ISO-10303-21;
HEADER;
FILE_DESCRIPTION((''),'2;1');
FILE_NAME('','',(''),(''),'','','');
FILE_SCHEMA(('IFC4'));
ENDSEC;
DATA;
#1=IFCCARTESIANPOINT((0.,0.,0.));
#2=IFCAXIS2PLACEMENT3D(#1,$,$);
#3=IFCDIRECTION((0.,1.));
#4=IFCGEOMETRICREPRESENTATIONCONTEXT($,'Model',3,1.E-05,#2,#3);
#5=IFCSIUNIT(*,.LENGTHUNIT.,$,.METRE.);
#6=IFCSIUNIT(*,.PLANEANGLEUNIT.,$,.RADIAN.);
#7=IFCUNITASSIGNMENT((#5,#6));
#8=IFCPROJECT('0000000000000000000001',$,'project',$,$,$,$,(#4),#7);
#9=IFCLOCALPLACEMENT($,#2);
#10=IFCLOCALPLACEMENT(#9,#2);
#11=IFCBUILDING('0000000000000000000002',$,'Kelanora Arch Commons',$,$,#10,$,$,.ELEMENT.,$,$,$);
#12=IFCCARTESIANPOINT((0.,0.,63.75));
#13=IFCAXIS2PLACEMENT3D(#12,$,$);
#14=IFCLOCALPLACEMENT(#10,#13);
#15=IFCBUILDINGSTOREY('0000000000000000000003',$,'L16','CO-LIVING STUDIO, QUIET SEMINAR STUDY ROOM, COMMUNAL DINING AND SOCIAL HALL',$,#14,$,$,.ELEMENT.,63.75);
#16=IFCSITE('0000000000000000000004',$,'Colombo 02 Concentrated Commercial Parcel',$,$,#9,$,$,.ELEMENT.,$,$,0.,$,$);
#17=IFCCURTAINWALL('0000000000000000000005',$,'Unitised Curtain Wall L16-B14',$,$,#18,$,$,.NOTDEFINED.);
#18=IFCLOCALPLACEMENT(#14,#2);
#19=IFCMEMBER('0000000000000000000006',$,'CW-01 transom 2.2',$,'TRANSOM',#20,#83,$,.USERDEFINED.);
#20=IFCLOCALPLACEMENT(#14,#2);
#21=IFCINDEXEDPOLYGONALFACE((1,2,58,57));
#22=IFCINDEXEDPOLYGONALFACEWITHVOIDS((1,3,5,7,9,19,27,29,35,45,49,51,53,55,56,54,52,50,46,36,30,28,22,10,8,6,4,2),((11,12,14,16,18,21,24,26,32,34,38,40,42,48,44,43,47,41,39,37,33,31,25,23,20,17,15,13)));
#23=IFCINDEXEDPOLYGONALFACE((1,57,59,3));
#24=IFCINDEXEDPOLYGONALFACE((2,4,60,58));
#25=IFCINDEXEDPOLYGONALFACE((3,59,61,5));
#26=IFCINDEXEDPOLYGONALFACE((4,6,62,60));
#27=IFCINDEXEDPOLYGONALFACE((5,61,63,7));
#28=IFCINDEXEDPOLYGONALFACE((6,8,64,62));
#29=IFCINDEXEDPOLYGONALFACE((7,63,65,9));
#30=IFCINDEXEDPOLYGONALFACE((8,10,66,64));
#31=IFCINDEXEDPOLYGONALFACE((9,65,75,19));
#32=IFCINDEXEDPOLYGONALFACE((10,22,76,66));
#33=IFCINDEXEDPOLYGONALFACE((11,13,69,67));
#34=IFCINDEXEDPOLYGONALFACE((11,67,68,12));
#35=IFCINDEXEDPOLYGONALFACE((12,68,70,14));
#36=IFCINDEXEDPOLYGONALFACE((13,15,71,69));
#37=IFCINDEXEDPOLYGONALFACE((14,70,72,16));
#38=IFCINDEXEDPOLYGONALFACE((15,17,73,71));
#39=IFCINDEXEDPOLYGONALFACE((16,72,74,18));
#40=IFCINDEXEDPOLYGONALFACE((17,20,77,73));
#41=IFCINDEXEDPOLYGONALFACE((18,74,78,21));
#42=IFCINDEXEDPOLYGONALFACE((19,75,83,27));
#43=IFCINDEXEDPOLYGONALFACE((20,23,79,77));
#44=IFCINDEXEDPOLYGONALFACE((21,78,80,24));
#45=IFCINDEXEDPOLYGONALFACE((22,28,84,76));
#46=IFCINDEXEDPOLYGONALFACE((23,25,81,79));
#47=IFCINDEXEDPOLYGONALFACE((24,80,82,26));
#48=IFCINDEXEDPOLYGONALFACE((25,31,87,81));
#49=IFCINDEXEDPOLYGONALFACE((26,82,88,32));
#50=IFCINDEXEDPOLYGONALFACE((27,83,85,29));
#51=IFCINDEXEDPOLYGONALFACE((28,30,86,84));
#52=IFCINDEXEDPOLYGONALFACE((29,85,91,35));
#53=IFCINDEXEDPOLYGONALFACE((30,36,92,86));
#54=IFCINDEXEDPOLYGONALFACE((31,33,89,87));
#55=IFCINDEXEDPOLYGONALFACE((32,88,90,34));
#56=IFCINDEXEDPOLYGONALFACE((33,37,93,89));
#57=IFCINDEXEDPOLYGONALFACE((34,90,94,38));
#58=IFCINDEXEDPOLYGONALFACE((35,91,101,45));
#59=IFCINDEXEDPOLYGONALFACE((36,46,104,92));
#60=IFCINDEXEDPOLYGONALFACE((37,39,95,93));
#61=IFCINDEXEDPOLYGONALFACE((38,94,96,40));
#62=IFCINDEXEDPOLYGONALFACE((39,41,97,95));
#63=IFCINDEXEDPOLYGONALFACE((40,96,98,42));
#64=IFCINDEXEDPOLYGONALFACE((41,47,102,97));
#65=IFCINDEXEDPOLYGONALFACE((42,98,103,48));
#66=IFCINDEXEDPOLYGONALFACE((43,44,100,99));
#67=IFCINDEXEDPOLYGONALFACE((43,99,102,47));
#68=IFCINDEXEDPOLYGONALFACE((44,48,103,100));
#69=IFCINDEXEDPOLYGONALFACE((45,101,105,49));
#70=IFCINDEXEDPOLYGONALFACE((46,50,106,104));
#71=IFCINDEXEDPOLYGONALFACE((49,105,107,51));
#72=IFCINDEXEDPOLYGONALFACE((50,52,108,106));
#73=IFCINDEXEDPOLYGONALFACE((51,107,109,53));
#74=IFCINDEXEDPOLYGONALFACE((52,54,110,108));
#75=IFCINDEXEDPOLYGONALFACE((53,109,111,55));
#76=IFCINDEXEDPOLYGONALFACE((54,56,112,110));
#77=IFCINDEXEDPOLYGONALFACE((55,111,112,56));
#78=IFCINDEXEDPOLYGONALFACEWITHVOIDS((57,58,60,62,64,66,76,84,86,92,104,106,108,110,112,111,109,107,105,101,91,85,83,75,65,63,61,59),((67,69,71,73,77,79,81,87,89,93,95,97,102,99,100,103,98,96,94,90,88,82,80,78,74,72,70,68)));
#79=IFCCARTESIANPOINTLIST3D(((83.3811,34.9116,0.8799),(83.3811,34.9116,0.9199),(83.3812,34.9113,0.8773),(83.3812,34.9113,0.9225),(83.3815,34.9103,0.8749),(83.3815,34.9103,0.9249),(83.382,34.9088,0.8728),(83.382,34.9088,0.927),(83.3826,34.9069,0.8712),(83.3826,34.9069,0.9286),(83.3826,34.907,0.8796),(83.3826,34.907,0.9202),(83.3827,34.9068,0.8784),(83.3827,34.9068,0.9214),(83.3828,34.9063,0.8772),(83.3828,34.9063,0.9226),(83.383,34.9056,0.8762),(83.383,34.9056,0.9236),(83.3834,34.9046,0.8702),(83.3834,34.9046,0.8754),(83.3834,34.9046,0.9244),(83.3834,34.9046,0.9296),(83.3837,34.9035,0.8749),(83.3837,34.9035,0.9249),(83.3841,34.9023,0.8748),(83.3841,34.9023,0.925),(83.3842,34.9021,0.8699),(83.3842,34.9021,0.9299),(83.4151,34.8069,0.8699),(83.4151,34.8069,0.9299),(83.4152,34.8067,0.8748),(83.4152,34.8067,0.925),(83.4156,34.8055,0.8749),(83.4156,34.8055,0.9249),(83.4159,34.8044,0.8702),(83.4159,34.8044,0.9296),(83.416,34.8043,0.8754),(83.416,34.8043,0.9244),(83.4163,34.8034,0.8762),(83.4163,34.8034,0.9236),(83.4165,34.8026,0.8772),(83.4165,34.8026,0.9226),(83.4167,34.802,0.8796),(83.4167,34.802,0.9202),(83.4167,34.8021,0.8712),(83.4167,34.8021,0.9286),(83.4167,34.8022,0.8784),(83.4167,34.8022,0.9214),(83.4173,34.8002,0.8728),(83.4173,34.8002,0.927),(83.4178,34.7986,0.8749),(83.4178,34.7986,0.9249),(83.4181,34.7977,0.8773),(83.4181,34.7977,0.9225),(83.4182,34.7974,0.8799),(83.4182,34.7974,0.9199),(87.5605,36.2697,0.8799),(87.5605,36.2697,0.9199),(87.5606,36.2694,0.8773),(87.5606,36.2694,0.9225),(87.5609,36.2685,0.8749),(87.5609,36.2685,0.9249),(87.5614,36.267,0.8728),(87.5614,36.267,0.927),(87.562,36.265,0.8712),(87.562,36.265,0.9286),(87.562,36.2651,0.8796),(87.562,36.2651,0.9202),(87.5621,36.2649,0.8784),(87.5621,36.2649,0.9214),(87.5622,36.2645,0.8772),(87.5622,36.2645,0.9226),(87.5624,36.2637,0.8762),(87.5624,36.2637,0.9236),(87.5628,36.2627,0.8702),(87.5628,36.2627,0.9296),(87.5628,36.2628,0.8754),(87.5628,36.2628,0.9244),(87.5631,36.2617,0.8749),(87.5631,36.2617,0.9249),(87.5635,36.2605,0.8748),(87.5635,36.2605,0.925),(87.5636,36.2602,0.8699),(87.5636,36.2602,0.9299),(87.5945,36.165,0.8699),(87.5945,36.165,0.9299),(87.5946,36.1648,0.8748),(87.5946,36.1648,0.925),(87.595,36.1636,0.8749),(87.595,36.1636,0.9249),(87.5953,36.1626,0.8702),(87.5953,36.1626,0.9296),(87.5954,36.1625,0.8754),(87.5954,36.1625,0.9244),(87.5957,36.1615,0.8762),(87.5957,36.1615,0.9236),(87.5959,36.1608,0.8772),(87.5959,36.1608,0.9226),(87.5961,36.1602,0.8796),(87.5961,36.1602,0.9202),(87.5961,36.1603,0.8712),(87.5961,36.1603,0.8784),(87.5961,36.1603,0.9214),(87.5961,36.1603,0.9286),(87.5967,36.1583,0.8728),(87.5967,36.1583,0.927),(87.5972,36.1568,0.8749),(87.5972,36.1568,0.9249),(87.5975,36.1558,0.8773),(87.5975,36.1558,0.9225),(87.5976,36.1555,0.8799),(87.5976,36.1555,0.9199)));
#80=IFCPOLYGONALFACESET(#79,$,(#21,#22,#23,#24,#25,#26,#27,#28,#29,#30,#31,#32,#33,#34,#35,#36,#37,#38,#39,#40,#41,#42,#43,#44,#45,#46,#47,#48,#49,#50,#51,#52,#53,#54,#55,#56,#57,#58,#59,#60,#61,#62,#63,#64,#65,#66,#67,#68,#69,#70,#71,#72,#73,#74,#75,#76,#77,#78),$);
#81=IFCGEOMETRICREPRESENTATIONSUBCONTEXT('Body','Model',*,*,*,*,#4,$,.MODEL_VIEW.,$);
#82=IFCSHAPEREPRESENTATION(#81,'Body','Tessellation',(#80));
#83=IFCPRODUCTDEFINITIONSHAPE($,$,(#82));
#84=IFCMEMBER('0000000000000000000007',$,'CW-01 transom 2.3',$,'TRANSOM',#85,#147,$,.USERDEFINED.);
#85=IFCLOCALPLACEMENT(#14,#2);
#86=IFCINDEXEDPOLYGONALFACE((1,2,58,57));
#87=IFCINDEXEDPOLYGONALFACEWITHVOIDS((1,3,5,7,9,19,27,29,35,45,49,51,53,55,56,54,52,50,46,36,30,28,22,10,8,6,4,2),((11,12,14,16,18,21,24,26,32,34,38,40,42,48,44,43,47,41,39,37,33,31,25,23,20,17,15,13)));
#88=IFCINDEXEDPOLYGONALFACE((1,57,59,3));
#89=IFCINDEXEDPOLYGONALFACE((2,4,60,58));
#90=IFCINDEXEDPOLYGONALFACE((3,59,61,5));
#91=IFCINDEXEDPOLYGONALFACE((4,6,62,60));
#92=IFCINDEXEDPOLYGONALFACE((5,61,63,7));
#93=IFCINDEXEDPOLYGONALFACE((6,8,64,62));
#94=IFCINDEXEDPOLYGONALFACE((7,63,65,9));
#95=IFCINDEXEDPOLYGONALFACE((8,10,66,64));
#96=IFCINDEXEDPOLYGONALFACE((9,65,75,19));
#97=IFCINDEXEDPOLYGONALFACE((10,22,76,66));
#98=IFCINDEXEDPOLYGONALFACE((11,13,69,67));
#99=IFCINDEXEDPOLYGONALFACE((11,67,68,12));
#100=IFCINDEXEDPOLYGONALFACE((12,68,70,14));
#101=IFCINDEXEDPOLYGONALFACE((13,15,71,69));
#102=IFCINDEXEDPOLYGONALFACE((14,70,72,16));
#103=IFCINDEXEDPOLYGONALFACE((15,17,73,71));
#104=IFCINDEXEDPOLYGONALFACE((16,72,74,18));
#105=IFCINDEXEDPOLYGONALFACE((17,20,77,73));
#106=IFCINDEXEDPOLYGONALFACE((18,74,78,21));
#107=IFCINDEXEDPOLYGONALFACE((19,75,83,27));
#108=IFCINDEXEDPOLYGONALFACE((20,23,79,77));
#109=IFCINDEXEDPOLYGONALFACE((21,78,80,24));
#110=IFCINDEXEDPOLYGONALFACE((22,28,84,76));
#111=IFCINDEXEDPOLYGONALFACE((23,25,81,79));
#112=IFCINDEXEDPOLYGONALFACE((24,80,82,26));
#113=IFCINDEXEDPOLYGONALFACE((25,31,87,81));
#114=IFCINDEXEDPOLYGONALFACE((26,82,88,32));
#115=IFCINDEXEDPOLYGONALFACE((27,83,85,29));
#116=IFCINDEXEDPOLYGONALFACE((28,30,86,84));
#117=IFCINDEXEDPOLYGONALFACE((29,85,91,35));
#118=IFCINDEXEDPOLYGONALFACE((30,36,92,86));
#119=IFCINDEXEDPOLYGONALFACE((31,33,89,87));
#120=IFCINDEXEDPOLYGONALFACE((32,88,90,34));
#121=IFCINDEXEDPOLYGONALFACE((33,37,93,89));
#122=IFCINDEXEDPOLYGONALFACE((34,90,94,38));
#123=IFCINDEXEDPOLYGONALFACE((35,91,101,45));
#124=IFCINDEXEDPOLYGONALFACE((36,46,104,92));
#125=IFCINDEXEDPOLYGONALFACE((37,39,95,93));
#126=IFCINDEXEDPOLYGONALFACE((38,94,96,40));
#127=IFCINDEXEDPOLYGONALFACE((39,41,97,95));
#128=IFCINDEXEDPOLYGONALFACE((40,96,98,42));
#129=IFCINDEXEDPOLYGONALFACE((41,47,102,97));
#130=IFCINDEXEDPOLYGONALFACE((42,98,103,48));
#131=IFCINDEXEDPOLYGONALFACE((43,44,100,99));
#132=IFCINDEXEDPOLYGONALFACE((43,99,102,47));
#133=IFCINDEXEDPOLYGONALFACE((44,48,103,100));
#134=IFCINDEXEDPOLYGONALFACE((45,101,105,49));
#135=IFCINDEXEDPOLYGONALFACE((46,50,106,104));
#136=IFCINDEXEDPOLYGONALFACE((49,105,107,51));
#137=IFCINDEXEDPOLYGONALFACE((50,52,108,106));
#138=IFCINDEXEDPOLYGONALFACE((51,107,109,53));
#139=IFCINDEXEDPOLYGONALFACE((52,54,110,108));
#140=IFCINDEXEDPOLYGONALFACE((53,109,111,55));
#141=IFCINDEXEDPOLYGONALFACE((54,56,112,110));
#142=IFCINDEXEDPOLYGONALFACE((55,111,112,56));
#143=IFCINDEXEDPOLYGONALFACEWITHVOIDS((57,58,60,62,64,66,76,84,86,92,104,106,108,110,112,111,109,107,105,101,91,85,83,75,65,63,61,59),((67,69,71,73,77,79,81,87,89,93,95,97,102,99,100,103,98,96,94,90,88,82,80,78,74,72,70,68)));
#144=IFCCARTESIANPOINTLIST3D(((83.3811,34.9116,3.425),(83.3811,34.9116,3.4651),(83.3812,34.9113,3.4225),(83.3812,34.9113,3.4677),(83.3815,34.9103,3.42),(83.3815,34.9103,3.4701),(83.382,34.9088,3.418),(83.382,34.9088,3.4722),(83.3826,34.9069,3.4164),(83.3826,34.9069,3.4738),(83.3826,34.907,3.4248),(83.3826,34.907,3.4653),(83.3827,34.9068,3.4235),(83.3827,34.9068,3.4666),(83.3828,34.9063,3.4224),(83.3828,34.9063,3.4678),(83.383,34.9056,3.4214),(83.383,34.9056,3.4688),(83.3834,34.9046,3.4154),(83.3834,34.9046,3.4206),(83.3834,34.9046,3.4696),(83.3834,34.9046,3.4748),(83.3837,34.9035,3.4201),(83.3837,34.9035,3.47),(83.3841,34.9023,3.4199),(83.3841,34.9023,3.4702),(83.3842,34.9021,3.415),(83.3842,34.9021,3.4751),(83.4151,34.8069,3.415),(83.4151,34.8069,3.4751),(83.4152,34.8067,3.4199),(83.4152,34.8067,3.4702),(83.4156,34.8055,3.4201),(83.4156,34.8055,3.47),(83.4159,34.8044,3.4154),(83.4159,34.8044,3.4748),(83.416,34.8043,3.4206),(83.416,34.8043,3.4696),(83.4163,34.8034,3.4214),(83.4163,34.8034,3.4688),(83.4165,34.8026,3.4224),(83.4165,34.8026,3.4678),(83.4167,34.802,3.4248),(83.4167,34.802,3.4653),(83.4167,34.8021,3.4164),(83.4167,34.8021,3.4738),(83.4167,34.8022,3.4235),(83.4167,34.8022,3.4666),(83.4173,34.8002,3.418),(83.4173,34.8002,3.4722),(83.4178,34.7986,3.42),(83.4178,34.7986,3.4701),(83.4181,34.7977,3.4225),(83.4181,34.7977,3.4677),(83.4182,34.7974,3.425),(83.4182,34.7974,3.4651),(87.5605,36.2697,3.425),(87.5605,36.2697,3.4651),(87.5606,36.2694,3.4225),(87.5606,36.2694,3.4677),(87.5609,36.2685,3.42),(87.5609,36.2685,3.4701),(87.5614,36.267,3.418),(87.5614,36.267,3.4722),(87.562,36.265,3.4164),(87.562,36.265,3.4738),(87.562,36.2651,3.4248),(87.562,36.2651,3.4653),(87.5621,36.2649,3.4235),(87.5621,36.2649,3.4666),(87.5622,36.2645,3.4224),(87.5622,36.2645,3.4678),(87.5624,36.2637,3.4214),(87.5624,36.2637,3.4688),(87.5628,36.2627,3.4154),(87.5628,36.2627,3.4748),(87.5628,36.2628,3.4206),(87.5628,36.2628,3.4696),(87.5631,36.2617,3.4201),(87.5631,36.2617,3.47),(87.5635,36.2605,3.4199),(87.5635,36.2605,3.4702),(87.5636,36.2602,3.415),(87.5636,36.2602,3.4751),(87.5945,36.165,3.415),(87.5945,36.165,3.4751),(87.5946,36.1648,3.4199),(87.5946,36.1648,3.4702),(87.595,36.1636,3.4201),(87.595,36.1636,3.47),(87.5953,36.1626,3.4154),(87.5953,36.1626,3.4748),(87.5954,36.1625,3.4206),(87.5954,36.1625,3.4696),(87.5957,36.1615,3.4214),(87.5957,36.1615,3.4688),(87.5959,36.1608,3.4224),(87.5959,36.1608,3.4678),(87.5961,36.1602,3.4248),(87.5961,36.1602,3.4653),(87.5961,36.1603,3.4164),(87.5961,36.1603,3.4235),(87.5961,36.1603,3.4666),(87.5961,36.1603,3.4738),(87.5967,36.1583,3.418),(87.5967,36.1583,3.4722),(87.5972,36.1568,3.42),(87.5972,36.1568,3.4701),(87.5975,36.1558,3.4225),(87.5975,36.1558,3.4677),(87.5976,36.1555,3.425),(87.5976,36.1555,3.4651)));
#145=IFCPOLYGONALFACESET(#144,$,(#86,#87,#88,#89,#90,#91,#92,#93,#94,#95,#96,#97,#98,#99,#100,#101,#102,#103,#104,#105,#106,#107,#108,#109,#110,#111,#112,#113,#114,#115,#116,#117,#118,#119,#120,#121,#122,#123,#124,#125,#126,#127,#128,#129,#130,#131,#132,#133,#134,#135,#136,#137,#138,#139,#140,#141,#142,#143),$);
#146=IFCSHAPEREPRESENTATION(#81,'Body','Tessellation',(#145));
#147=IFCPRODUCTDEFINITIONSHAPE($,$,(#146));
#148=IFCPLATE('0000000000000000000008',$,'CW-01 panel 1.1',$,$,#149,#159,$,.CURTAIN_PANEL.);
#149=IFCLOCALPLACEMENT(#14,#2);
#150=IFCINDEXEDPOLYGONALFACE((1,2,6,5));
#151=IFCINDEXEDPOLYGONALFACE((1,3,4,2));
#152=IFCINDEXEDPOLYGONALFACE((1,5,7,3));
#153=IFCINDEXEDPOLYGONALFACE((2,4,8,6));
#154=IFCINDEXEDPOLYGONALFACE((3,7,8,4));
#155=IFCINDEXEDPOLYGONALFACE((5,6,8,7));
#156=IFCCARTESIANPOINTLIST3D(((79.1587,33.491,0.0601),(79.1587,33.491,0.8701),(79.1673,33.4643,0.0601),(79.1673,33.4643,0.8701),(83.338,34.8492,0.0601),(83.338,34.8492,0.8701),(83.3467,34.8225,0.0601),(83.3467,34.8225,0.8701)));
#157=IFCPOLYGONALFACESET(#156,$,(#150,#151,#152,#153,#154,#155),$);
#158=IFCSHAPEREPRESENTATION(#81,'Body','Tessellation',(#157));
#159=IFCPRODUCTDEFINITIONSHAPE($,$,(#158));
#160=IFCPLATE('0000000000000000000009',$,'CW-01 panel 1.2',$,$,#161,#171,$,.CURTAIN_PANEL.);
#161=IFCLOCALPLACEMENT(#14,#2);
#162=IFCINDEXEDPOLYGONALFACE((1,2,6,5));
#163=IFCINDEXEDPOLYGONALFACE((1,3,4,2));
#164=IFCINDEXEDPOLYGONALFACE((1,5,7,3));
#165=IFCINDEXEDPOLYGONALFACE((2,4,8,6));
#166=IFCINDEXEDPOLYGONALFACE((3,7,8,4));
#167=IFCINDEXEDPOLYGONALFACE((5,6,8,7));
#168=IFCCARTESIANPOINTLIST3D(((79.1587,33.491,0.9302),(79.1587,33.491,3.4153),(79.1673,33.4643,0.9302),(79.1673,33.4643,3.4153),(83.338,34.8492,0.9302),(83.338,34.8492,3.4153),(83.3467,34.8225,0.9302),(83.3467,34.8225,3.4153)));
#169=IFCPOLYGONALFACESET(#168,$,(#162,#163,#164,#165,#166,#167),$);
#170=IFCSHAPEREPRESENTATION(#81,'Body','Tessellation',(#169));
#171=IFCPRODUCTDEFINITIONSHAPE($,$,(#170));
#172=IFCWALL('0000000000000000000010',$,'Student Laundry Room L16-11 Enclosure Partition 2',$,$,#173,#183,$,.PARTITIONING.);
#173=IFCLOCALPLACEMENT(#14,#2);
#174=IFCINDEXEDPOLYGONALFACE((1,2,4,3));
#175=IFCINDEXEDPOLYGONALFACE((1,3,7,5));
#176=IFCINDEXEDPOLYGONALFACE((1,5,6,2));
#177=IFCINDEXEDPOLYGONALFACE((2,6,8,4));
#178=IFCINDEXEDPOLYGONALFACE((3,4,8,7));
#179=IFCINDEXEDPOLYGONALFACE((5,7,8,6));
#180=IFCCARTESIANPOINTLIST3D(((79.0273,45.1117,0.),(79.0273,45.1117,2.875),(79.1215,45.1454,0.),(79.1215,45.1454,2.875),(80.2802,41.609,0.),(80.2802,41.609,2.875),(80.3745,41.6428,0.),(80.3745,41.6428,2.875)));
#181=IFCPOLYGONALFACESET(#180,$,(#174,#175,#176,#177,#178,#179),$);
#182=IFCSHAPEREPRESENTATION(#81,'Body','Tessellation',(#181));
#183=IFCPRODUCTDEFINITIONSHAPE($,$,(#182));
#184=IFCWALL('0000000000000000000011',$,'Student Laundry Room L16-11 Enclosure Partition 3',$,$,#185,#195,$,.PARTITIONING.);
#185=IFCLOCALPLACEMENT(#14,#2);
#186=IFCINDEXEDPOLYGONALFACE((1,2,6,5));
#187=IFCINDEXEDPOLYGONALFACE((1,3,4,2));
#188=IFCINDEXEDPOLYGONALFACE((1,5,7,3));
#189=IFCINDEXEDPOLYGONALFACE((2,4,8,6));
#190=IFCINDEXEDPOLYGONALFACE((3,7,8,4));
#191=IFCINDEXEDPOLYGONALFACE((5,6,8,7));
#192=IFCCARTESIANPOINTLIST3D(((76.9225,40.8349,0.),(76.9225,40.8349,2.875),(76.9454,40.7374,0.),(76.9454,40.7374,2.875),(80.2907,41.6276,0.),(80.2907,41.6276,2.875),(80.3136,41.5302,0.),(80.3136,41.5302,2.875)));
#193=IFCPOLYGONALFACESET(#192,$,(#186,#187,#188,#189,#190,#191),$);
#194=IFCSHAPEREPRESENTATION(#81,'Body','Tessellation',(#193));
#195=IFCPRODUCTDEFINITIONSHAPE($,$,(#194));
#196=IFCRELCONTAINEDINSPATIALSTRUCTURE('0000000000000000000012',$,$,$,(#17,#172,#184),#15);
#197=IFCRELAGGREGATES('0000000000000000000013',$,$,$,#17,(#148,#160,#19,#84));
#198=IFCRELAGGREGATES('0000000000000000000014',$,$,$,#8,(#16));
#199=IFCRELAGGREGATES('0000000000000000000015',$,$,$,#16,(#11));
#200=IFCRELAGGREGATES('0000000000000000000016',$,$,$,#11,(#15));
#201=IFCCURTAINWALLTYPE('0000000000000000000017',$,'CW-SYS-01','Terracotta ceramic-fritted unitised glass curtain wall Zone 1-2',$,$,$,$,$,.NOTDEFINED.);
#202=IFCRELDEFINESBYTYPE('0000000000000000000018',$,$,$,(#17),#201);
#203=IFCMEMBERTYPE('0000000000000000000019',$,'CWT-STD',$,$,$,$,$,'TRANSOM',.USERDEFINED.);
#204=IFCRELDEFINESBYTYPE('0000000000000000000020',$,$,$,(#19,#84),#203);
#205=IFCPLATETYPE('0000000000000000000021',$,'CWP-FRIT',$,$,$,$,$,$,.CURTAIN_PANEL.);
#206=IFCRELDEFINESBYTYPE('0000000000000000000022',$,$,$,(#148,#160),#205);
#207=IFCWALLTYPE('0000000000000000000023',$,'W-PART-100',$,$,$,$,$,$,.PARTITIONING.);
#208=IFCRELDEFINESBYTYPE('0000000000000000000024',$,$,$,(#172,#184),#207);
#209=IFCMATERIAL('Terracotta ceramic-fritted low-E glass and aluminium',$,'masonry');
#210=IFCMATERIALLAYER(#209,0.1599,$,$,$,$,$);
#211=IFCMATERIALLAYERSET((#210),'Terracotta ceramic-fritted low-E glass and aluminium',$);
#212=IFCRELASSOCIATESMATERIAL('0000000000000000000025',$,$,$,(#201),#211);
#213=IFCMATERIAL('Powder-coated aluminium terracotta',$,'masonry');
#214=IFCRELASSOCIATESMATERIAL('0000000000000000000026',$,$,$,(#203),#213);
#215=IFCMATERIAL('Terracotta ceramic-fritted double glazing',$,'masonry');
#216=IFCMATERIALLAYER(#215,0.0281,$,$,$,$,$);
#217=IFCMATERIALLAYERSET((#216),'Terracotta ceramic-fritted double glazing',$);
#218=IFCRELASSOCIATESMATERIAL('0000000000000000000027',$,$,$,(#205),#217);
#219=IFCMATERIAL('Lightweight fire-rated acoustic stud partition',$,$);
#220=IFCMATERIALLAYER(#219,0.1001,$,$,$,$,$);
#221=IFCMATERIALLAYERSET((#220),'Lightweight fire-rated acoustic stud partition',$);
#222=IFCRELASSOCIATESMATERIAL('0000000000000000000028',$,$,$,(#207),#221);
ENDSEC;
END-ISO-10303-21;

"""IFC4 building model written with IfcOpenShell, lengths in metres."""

from ifc_helpers import new_model, si_unit, direction, frame, frame_2d, origin, origin_2d, place, context, subcontext, project, spatial, rectangle, hollow_rectangle, extrude, source, transform, mapped, material, layer, layer_set, material_profile, profile_set, type_object, element, aggregate, save


model = new_model("IFC4")

# Units and contexts
model_context = context("Model", 3, precision=1e-05, world=origin(), true_north=direction((0.0, 1.0)))
body_context = subcontext(model_context, "Body", "Model", "MODEL_VIEW")
ifc_project = project(units=[si_unit("LENGTHUNIT", "METRE"), si_unit("PLANEANGLEUNIT", "RADIAN")], contexts=[model_context])

# Site, building, storey
site_placement = place(None, origin())
site = spatial("IfcSite", under=ifc_project, at=site_placement, Name="Colombo 02 Concentrated Commercial Parcel", CompositionType="ELEMENT", RefElevation=0.0)
building_placement = place(site_placement, origin())
building = spatial("IfcBuilding", under=site, at=building_placement, Name="Kelanora Arch Commons", CompositionType="ELEMENT")
storey_placement = place(building_placement, frame((0.0, 0.0, 63.75)))
storey = spatial("IfcBuildingStorey", under=building, at=storey_placement, Name="L16", Description="CO-LIVING STUDIO, QUIET SEMINAR STUDY ROOM, COMMUNAL DINING AND SOCIAL HALL", CompositionType="ELEMENT", Elevation=63.75)

# Curtain wall, members, plates
ifc_material_1 = material(Name="Terracotta ceramic-fritted low-E glass and aluminium", Category="masonry")
ifc_layer_1 = layer(ifc_material_1, 0.1599)
ifc_layer_set_1 = layer_set([ifc_layer_1], Name="Terracotta ceramic-fritted low-E glass and aluminium")
curtain_wall_type = type_object("IfcCurtainWallType", Name="CW-SYS-01", Description="Terracotta ceramic-fritted unitised glass curtain wall Zone 1-2", PredefinedType="NOTDEFINED", material=ifc_layer_set_1)
curtain_wall_placement = place(storey_placement, origin())
curtain_wall = element("IfcCurtainWall", 1, at=curtain_wall_placement, inside=storey, type_object=curtain_wall_type, Name="Unitised Curtain Wall L16-B14", PredefinedType="NOTDEFINED")
ifc_material_2 = material(Name="Powder-coated aluminium terracotta", Category="masonry")
ifc_material_profile_1 = material_profile(ifc_material_2, hollow_rectangle(XDim=0.1201, YDim=0.0601, WallThickness=0.0049, InnerFilletRadius=0.0049, OuterFilletRadius=0.01, at=origin_2d()), Name="CWT120x60")
ifc_profile_set_1 = profile_set([ifc_material_profile_1], Name="Powder-coated aluminium terracotta")
member_type_1 = type_object("IfcMemberType", Name="CWT-STD", ElementType="TRANSOM", PredefinedType="USERDEFINED", material=ifc_profile_set_1)
member_1_placement = place(storey_placement, frame((83.3997, 34.8545, 0.8999), z_axis=(0.951045, 0.309052, 0.0), x_axis=(-0.309052, 0.951045, 0.0)))
member_1 = element("IfcMember", 2, at=member_1_placement, type_object=member_type_1, Name="CW-01 transom 2.2", ObjectType="TRANSOM", PredefinedType="USERDEFINED", context=body_context, shape_type="SweptSolid", body=[
    extrude(hollow_rectangle(XDim=0.1201, YDim=0.0601, WallThickness=0.0049, InnerFilletRadius=0.0049, OuterFilletRadius=0.01, at=origin_2d()), origin(), (0.0, 0.0, 1.0), 4.3945),
])
member_2_placement = place(storey_placement, frame((83.3997, 34.8545, 3.4451), z_axis=(0.951045, 0.309052, 0.0), x_axis=(-0.309052, 0.951045, 0.0)))
member_2 = element("IfcMember", 3, at=member_2_placement, type_object=member_type_1, Name="CW-01 transom 2.3", ObjectType="TRANSOM", PredefinedType="USERDEFINED", context=body_context, shape_type="SweptSolid", body=[
    extrude(hollow_rectangle(XDim=0.1201, YDim=0.0601, WallThickness=0.0049, InnerFilletRadius=0.0049, OuterFilletRadius=0.01, at=origin_2d()), origin(), (0.0, 0.0, 1.0), 4.3945),
])
ifc_material_3 = material(Name="Terracotta ceramic-fritted double glazing", Category="masonry")
ifc_layer_2 = layer(ifc_material_3, 0.0281)
ifc_layer_set_2 = layer_set([ifc_layer_2], Name="Terracotta ceramic-fritted double glazing")
plate_type = type_object("IfcPlateType", Name="CWP-FRIT", PredefinedType="CURTAIN_PANEL", material=ifc_layer_set_2)
shared_shape_1 = source(origin(), body_context, "Body", "SweptSolid", [
    extrude(rectangle(XDim=4.3945, YDim=0.0281, at=origin_2d()), origin(), (0.0, 0.0, 1.0), 0.8101),
])
plate_1_placement = place(storey_placement, frame((81.2527, 34.1567, 0.0601), z_axis=(0.0, 0.0, 1.0), x_axis=(0.951043, 0.309058, 0.0)))
plate_1 = element("IfcPlate", 4, at=plate_1_placement, type_object=plate_type, Name="CW-01 panel 1.1", PredefinedType="CURTAIN_PANEL", context=body_context, shape_type="MappedRepresentation", body=[
    mapped(shared_shape_1, transform((0.0, 0.0, 0.0), scale=1.0)),
])
shared_shape_2 = source(origin(), body_context, "Body", "SweptSolid", [
    extrude(rectangle(XDim=4.3945, YDim=0.0281, at=origin_2d()), origin(), (0.0, 0.0, 1.0), 2.4851),
])
plate_2_placement = place(storey_placement, frame((81.2527, 34.1567, 0.9302), z_axis=(0.0, 0.0, 1.0), x_axis=(0.951043, 0.309058, 0.0)))
plate_2 = element("IfcPlate", 5, at=plate_2_placement, type_object=plate_type, Name="CW-01 panel 1.2", PredefinedType="CURTAIN_PANEL", context=body_context, shape_type="MappedRepresentation", body=[
    mapped(shared_shape_2, transform((0.0, 0.0, 0.0), scale=1.0)),
])
aggregate(curtain_wall, [plate_1, plate_2, member_1, member_2])

# Walls
ifc_material_4 = material(Name="Lightweight fire-rated acoustic stud partition")
ifc_layer_3 = layer(ifc_material_4, 0.1001)
ifc_layer_set_3 = layer_set([ifc_layer_3], Name="Lightweight fire-rated acoustic stud partition")
wall_type_1 = type_object("IfcWallType", Name="W-PART-100", PredefinedType="PARTITIONING", material=ifc_layer_set_3)
wall_1_placement = place(storey_placement, frame((79.0745, 45.1284, 0.0), z_axis=(0.0, 0.0, 1.0), x_axis=(0.336806, -0.941574, 0.0)))
element("IfcWall", 6, at=wall_1_placement, inside=storey, type_object=wall_type_1, Name="Student Laundry Room L16-11 Enclosure Partition 2", PredefinedType="PARTITIONING", context=body_context, shape_type="SweptSolid", body=[
    extrude(rectangle(XDim=3.72, YDim=0.1001, at=frame_2d((1.8599, 0.0))), origin(), (0.0, 0.0, 1.0), 2.875),
])
wall_2_placement = place(storey_placement, frame((80.302, 41.5789, 0.0), z_axis=(0.0, 0.0, 1.0), x_axis=(-0.973403, -0.229098, 0.0)))
element("IfcWall", 7, at=wall_2_placement, inside=storey, type_object=wall_type_1, Name="Student Laundry Room L16-11 Enclosure Partition 3", PredefinedType="PARTITIONING", context=body_context, shape_type="SweptSolid", body=[
    extrude(rectangle(XDim=3.4602, YDim=0.1001, at=frame_2d((1.73, 0.0))), origin(), (0.0, 0.0, 1.0), 2.875),
])

save(model, "model.ifc")
